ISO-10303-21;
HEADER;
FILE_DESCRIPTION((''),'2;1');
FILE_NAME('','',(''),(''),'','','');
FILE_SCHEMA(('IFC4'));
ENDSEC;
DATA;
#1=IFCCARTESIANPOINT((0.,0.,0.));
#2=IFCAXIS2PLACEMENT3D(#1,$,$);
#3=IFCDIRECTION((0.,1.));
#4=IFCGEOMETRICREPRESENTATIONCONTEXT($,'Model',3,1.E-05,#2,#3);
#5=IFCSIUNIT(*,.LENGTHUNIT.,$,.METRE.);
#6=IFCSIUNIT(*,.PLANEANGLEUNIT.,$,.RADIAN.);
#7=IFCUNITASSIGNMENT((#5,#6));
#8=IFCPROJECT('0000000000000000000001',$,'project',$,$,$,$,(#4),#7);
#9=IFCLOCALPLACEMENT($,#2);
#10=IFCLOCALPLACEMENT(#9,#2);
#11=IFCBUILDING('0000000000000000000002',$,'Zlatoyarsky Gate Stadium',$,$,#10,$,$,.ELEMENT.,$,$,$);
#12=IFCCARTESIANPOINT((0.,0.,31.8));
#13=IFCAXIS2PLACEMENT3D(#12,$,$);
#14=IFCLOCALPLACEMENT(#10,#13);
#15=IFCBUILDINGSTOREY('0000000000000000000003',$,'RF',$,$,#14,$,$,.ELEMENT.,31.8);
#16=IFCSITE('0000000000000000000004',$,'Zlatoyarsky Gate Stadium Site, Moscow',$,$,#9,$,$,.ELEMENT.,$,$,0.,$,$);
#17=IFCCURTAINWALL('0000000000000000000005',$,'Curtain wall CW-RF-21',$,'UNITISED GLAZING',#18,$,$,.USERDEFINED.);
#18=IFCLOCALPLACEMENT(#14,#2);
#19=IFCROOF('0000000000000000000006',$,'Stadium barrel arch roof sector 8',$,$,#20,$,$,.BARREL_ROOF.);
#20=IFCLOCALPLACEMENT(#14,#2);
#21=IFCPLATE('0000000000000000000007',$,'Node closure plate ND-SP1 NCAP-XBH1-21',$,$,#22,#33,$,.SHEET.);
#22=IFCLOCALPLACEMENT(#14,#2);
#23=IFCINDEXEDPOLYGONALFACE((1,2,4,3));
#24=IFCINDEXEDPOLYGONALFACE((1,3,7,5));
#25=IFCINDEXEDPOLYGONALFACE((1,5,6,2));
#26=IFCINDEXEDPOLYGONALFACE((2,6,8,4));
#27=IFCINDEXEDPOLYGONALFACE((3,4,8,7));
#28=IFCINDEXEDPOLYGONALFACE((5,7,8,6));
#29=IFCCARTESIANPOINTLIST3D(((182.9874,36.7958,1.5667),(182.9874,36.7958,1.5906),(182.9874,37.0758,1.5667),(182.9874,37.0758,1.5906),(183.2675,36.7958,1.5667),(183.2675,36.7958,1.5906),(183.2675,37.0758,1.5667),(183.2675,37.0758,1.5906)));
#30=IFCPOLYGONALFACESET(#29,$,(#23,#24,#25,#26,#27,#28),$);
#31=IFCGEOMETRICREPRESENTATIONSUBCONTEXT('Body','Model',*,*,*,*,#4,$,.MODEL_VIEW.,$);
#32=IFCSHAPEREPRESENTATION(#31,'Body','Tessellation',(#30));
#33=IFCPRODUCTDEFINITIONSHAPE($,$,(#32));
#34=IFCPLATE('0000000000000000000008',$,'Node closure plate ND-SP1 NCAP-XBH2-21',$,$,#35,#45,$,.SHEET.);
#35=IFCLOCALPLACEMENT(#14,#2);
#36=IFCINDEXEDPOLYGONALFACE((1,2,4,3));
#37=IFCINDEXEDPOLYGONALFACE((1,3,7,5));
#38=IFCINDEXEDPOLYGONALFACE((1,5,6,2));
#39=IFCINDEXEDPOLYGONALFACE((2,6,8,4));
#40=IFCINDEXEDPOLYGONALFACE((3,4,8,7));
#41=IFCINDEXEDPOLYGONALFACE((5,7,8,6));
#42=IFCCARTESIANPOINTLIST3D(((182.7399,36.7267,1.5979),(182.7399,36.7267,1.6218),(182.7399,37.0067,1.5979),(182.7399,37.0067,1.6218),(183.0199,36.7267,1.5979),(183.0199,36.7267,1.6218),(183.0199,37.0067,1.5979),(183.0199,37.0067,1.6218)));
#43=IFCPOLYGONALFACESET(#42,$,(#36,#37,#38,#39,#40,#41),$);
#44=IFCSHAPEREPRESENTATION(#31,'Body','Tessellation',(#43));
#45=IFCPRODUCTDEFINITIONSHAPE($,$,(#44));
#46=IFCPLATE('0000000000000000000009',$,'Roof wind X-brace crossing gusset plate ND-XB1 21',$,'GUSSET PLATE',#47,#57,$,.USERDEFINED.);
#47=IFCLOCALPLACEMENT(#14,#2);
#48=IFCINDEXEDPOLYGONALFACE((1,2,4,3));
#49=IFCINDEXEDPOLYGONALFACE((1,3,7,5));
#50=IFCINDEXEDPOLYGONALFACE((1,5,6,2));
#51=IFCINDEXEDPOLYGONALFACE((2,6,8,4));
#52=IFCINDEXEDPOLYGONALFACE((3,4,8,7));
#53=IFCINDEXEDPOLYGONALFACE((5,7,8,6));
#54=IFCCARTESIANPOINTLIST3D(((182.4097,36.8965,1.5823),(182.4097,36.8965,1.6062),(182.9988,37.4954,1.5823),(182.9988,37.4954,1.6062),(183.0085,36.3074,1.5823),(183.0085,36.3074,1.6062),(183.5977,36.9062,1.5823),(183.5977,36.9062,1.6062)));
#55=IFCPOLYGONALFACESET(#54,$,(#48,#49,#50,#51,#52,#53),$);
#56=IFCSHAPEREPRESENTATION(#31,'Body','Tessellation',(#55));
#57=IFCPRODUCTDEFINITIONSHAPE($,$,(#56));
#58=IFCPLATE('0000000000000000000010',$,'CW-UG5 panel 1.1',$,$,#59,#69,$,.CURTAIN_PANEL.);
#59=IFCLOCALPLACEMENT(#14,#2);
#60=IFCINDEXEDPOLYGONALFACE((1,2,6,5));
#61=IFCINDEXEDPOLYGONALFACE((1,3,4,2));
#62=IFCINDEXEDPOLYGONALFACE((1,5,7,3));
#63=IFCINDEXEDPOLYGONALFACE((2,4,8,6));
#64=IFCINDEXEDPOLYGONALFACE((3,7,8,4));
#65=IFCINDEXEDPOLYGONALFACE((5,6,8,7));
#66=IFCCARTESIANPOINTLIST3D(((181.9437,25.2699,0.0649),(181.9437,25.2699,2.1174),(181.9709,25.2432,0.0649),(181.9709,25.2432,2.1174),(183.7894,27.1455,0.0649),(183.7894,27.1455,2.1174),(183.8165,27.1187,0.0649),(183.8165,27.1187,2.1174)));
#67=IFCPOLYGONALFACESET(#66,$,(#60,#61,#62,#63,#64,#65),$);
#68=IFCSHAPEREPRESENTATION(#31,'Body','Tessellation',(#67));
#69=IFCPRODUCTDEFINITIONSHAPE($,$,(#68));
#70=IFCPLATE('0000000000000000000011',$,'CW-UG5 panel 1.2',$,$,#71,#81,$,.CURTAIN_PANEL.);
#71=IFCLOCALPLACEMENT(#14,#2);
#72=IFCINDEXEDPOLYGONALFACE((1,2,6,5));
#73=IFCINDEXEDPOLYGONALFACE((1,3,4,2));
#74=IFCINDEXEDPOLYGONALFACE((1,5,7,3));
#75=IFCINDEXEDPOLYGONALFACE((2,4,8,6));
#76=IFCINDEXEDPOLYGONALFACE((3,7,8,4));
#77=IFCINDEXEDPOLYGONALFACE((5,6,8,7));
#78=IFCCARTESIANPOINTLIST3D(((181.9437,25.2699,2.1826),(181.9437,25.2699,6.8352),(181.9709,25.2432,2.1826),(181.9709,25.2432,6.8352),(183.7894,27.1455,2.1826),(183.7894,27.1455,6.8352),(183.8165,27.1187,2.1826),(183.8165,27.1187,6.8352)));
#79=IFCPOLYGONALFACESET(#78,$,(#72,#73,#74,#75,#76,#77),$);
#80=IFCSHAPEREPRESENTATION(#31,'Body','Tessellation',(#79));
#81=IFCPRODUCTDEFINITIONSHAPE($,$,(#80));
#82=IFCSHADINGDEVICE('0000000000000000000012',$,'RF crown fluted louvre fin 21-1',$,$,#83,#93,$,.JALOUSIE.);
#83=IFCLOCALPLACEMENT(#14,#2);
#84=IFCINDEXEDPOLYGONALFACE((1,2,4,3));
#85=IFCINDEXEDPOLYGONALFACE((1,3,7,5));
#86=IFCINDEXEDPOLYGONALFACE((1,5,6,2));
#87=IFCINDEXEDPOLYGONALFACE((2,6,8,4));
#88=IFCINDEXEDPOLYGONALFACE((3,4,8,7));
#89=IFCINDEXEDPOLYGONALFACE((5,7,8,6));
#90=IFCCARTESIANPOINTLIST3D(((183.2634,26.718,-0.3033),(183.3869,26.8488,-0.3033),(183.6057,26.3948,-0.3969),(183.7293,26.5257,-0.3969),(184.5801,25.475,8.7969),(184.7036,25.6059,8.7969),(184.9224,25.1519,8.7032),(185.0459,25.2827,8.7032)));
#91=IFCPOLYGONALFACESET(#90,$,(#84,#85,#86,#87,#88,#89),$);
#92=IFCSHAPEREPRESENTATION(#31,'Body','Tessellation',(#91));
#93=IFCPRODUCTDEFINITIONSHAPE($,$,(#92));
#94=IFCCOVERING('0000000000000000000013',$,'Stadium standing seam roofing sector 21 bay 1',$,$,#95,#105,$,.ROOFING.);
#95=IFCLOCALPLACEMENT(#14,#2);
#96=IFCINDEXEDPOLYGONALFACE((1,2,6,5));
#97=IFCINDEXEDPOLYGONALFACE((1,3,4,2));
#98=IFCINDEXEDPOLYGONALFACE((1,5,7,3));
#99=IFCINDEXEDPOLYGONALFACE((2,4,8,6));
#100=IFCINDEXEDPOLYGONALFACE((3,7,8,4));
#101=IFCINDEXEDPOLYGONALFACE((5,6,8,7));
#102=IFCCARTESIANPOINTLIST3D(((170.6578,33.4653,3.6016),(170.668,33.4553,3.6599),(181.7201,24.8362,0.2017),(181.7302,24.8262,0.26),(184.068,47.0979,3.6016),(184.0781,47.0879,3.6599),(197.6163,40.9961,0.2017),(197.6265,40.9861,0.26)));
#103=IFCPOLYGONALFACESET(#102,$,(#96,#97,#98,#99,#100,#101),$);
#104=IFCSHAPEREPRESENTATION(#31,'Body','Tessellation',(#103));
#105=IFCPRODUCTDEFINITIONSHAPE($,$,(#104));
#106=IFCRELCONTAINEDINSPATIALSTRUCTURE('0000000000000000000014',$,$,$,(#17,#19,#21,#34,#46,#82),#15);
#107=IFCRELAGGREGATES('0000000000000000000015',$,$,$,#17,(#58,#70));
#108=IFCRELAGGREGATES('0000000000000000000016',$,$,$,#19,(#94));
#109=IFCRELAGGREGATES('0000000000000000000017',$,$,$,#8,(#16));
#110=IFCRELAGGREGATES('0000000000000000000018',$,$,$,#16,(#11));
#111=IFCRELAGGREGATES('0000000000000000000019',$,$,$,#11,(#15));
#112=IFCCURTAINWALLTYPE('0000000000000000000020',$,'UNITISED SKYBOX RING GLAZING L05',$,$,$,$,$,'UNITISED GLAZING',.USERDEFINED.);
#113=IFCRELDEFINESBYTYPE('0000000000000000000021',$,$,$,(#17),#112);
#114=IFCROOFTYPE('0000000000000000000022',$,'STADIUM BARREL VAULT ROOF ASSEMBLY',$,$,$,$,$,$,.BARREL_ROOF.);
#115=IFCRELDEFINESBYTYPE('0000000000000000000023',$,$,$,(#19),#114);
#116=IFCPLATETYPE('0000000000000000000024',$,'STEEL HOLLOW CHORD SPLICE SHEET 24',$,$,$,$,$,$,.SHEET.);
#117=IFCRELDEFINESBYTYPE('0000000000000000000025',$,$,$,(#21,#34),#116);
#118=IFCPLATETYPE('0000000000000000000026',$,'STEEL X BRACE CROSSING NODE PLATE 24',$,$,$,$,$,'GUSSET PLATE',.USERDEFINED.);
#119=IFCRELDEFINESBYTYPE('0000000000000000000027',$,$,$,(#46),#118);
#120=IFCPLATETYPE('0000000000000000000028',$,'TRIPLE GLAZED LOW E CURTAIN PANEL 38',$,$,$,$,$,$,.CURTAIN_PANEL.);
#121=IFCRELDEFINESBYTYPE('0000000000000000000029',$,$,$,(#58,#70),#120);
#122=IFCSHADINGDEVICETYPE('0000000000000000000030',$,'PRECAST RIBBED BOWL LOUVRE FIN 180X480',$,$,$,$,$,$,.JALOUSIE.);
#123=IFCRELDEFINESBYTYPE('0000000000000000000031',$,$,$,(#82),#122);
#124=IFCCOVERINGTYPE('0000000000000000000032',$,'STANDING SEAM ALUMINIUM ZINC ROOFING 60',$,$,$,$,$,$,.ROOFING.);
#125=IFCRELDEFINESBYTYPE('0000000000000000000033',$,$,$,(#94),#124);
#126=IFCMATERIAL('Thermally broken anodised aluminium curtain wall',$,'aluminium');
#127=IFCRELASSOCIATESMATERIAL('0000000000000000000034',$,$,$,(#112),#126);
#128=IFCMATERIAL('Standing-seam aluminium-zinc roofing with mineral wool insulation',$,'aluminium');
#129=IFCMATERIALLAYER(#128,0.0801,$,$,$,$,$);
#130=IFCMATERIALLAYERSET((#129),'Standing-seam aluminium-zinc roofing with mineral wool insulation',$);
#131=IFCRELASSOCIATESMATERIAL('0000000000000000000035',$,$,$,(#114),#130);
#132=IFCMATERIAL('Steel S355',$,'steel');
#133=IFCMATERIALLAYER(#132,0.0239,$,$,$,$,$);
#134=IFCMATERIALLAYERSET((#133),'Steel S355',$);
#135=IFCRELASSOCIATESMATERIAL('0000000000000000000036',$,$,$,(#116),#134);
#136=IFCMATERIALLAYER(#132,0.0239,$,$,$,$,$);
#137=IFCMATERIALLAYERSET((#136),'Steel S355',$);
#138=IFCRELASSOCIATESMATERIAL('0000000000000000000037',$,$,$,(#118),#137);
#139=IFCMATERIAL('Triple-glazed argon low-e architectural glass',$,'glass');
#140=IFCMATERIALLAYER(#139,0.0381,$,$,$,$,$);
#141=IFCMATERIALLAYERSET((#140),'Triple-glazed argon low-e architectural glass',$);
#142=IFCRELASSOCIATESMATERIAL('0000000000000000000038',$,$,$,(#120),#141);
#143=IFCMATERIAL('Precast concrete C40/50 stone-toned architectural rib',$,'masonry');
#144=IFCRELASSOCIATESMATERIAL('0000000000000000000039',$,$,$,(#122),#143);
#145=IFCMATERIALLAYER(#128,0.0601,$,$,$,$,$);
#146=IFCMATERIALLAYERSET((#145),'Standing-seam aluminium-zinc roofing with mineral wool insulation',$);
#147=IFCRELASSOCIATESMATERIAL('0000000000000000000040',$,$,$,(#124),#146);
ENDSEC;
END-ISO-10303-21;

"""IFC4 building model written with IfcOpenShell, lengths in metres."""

from ifc_helpers import new_model, si_unit, direction, frame, origin, origin_2d, place, context, subcontext, project, spatial, polyline, rectangle, outline, extrude, material, layer, layer_set, material_profile, profile_set, type_object, element, aggregate, save


model = new_model("IFC4")

# Units and contexts
model_context = context("Model", 3, precision=1e-05, world=origin(), true_north=direction((0.0, 1.0)))
body_context = subcontext(model_context, "Body", "Model", "MODEL_VIEW")
ifc_project = project(units=[si_unit("LENGTHUNIT", "METRE"), si_unit("PLANEANGLEUNIT", "RADIAN")], contexts=[model_context])

# Site, building, storey
site_placement = place(None, origin())
site = spatial("IfcSite", under=ifc_project, at=site_placement, Name="Zlatoyarsky Gate Stadium Site, Moscow", CompositionType="ELEMENT", RefElevation=0.0)
building_placement = place(site_placement, origin())
building = spatial("IfcBuilding", under=site, at=building_placement, Name="Zlatoyarsky Gate Stadium", CompositionType="ELEMENT")
storey_placement = place(building_placement, frame((0.0, 0.0, 31.8)))
storey = spatial("IfcBuildingStorey", under=building, at=storey_placement, Name="RF", CompositionType="ELEMENT", Elevation=31.8)

# Curtain wall
ifc_material_1 = material(Name="Thermally broken anodised aluminium curtain wall", Category="aluminium")
curtain_wall_type = type_object("IfcCurtainWallType", Name="UNITISED SKYBOX RING GLAZING L05", ElementType="UNITISED GLAZING", PredefinedType="USERDEFINED", material=ifc_material_1)
curtain_wall_placement = place(storey_placement, origin())
curtain_wall = element("IfcCurtainWall", 1, at=curtain_wall_placement, inside=storey, type_object=curtain_wall_type, Name="Curtain wall CW-RF-21", ObjectType="UNITISED GLAZING", PredefinedType="USERDEFINED")

# Shared definitions
ifc_material_2 = material(Name="Steel S355", Category="steel")

# Roof
ifc_material_3 = material(Name="Standing-seam aluminium-zinc roofing with mineral wool insulation", Category="aluminium")
ifc_layer_1 = layer(ifc_material_3, 0.0801)
ifc_layer_set_1 = layer_set([ifc_layer_1], Name="Standing-seam aluminium-zinc roofing with mineral wool insulation")
roof_type = type_object("IfcRoofType", Name="STADIUM BARREL VAULT ROOF ASSEMBLY", PredefinedType="BARREL_ROOF", material=ifc_layer_set_1)
roof_placement = place(storey_placement, origin())
roof = element("IfcRoof", 2, at=roof_placement, inside=storey, type_object=roof_type, Name="Stadium barrel arch roof sector 8", PredefinedType="BARREL_ROOF")

# Plates
ifc_layer_2 = layer(ifc_material_2, 0.0239)
ifc_layer_set_2 = layer_set([ifc_layer_2], Name="Steel S355")
plate_type_1 = type_object("IfcPlateType", Name="STEEL HOLLOW CHORD SPLICE SHEET 24", PredefinedType="SHEET", material=ifc_layer_set_2)
for number, where, z_axis, x_axis, name in (
    (3, (183.1274, 36.9358, 1.5667), (0.0, 0.0, 1.0), (1.0, 0.0, 0.0), "Node closure plate ND-SP1 NCAP-XBH1-21"),
    (4, (182.8799, 36.8667, 1.5979), (0.0, 0.0, 1.0), (1.0, 0.0, 0.0), "Node closure plate ND-SP1 NCAP-XBH2-21"),
):
    element("IfcPlate", number, at=place(storey_placement, frame(where, z_axis=z_axis, x_axis=x_axis)), inside=storey, type_object=plate_type_1, Name=name, PredefinedType="SHEET", context=body_context, shape_type="SweptSolid", body=[
        extrude(rectangle(XDim=0.28, YDim=0.28, at=origin_2d()), origin(), (0.0, 0.0, 1.0), 0.0239),
    ])
ifc_layer_3 = layer(ifc_material_2, 0.0239)
ifc_layer_set_3 = layer_set([ifc_layer_3], Name="Steel S355")
plate_type_2 = type_object("IfcPlateType", Name="STEEL X BRACE CROSSING NODE PLATE 24", ElementType="GUSSET PLATE", PredefinedType="USERDEFINED", material=ifc_layer_set_3)
plate_1_placement = place(storey_placement, frame((183.0037, 36.9014, 1.5823), z_axis=(0.0, 0.0, 1.0), x_axis=(0.701283, 0.712883, 0.0)))
element("IfcPlate", 5, at=plate_1_placement, inside=storey, type_object=plate_type_2, Name="Roof wind X-brace crossing gusset plate ND-XB1 21", ObjectType="GUSSET PLATE", PredefinedType="USERDEFINED", context=body_context, shape_type="SweptSolid", body=[
    extrude(rectangle(XDim=0.8401, YDim=0.8401, at=origin_2d()), origin(), (0.0, 0.0, 1.0), 0.0239),
])

# Plates
ifc_material_4 = material(Name="Triple-glazed argon low-e architectural glass", Category="glass")
ifc_layer_4 = layer(ifc_material_4, 0.0381)
ifc_layer_set_4 = layer_set([ifc_layer_4], Name="Triple-glazed argon low-e architectural glass")
plate_type_3 = type_object("IfcPlateType", Name="TRIPLE GLAZED LOW E CURTAIN PANEL 38", PredefinedType="CURTAIN_PANEL", material=ifc_layer_set_4)
plate_2_placement = place(storey_placement, frame((182.8801, 26.1943, 0.0649), z_axis=(0.0, 0.0, 1.0), x_axis=(0.701402, 0.712766, 0.0)))
plate_2 = element("IfcPlate", 6, at=plate_2_placement, type_object=plate_type_3, Name="CW-UG5 panel 1.1", PredefinedType="CURTAIN_PANEL", context=body_context, shape_type="SweptSolid", body=[
    extrude(rectangle(XDim=2.6313, YDim=0.0381, at=origin_2d()), origin(), (0.0, 0.0, 1.0), 2.0525),
])
plate_3_placement = place(storey_placement, frame((182.8801, 26.1943, 2.1826), z_axis=(0.0, 0.0, 1.0), x_axis=(0.701402, 0.712766, 0.0)))
plate_3 = element("IfcPlate", 7, at=plate_3_placement, type_object=plate_type_3, Name="CW-UG5 panel 1.2", PredefinedType="CURTAIN_PANEL", context=body_context, shape_type="SweptSolid", body=[
    extrude(rectangle(XDim=2.6313, YDim=0.0381, at=origin_2d()), origin(), (0.0, 0.0, 1.0), 4.6526),
])
aggregate(curtain_wall, [plate_2, plate_3])

# Shading device
ifc_material_5 = material(Name="Precast concrete C40/50 stone-toned architectural rib", Category="masonry")
ifc_material_profile_1 = material_profile(ifc_material_5, rectangle(XDim=0.1799, YDim=0.48, at=origin_2d()), Name="RIB 180X480")
ifc_profile_set_1 = profile_set([ifc_material_profile_1], Name="Precast concrete C40/50 stone-toned architectural rib")
shading_device_type = type_object("IfcShadingDeviceType", Name="PRECAST RIBBED BOWL LOUVRE FIN 180X480", PredefinedType="JALOUSIE", material=ifc_profile_set_1)
shading_device_placement = place(storey_placement, frame((183.4963, 26.6218, -0.3501), z_axis=(0.141904, -0.133957, 0.980775), x_axis=(0.686453, 0.727174, 0.0)))
element("IfcShadingDevice", 8, at=shading_device_placement, inside=storey, type_object=shading_device_type, Name="RF crown fluted louvre fin 21-1", PredefinedType="JALOUSIE", context=body_context, shape_type="SweptSolid", body=[
    extrude(rectangle(XDim=0.1799, YDim=0.48, at=origin_2d()), origin(), (0.0, 0.0, 1.0), 9.2786),
])

# Covering
ifc_layer_5 = layer(ifc_material_3, 0.0601)
ifc_layer_set_5 = layer_set([ifc_layer_5], Name="Standing-seam aluminium-zinc roofing with mineral wool insulation")
covering_type = type_object("IfcCoveringType", Name="STANDING SEAM ALUMINIUM ZINC ROOFING 60", PredefinedType="ROOFING", material=ifc_layer_set_5)
covering_placement = place(storey_placement, frame((181.7302, 24.8262, 0.26), z_axis=(0.168949, -0.166192, 0.971513), x_axis=(0.701267, 0.712899, 0.0)))
covering = element("IfcCovering", 9, at=covering_placement, type_object=covering_type, Name="Stadium standing seam roofing sector 21 bay 1", PredefinedType="ROOFING", context=body_context, shape_type="SweptSolid", body=[
    extrude(outline(polyline([(0.0, 0.0), (22.6679, 0.0), (17.5169, 14.3463), (-1.6059, 14.3463), (0.0, 0.0)])), origin(), (0.0, 0.0, -1.0), 0.0601),
])
aggregate(roof, [covering])

save(model, "model.ifc")
